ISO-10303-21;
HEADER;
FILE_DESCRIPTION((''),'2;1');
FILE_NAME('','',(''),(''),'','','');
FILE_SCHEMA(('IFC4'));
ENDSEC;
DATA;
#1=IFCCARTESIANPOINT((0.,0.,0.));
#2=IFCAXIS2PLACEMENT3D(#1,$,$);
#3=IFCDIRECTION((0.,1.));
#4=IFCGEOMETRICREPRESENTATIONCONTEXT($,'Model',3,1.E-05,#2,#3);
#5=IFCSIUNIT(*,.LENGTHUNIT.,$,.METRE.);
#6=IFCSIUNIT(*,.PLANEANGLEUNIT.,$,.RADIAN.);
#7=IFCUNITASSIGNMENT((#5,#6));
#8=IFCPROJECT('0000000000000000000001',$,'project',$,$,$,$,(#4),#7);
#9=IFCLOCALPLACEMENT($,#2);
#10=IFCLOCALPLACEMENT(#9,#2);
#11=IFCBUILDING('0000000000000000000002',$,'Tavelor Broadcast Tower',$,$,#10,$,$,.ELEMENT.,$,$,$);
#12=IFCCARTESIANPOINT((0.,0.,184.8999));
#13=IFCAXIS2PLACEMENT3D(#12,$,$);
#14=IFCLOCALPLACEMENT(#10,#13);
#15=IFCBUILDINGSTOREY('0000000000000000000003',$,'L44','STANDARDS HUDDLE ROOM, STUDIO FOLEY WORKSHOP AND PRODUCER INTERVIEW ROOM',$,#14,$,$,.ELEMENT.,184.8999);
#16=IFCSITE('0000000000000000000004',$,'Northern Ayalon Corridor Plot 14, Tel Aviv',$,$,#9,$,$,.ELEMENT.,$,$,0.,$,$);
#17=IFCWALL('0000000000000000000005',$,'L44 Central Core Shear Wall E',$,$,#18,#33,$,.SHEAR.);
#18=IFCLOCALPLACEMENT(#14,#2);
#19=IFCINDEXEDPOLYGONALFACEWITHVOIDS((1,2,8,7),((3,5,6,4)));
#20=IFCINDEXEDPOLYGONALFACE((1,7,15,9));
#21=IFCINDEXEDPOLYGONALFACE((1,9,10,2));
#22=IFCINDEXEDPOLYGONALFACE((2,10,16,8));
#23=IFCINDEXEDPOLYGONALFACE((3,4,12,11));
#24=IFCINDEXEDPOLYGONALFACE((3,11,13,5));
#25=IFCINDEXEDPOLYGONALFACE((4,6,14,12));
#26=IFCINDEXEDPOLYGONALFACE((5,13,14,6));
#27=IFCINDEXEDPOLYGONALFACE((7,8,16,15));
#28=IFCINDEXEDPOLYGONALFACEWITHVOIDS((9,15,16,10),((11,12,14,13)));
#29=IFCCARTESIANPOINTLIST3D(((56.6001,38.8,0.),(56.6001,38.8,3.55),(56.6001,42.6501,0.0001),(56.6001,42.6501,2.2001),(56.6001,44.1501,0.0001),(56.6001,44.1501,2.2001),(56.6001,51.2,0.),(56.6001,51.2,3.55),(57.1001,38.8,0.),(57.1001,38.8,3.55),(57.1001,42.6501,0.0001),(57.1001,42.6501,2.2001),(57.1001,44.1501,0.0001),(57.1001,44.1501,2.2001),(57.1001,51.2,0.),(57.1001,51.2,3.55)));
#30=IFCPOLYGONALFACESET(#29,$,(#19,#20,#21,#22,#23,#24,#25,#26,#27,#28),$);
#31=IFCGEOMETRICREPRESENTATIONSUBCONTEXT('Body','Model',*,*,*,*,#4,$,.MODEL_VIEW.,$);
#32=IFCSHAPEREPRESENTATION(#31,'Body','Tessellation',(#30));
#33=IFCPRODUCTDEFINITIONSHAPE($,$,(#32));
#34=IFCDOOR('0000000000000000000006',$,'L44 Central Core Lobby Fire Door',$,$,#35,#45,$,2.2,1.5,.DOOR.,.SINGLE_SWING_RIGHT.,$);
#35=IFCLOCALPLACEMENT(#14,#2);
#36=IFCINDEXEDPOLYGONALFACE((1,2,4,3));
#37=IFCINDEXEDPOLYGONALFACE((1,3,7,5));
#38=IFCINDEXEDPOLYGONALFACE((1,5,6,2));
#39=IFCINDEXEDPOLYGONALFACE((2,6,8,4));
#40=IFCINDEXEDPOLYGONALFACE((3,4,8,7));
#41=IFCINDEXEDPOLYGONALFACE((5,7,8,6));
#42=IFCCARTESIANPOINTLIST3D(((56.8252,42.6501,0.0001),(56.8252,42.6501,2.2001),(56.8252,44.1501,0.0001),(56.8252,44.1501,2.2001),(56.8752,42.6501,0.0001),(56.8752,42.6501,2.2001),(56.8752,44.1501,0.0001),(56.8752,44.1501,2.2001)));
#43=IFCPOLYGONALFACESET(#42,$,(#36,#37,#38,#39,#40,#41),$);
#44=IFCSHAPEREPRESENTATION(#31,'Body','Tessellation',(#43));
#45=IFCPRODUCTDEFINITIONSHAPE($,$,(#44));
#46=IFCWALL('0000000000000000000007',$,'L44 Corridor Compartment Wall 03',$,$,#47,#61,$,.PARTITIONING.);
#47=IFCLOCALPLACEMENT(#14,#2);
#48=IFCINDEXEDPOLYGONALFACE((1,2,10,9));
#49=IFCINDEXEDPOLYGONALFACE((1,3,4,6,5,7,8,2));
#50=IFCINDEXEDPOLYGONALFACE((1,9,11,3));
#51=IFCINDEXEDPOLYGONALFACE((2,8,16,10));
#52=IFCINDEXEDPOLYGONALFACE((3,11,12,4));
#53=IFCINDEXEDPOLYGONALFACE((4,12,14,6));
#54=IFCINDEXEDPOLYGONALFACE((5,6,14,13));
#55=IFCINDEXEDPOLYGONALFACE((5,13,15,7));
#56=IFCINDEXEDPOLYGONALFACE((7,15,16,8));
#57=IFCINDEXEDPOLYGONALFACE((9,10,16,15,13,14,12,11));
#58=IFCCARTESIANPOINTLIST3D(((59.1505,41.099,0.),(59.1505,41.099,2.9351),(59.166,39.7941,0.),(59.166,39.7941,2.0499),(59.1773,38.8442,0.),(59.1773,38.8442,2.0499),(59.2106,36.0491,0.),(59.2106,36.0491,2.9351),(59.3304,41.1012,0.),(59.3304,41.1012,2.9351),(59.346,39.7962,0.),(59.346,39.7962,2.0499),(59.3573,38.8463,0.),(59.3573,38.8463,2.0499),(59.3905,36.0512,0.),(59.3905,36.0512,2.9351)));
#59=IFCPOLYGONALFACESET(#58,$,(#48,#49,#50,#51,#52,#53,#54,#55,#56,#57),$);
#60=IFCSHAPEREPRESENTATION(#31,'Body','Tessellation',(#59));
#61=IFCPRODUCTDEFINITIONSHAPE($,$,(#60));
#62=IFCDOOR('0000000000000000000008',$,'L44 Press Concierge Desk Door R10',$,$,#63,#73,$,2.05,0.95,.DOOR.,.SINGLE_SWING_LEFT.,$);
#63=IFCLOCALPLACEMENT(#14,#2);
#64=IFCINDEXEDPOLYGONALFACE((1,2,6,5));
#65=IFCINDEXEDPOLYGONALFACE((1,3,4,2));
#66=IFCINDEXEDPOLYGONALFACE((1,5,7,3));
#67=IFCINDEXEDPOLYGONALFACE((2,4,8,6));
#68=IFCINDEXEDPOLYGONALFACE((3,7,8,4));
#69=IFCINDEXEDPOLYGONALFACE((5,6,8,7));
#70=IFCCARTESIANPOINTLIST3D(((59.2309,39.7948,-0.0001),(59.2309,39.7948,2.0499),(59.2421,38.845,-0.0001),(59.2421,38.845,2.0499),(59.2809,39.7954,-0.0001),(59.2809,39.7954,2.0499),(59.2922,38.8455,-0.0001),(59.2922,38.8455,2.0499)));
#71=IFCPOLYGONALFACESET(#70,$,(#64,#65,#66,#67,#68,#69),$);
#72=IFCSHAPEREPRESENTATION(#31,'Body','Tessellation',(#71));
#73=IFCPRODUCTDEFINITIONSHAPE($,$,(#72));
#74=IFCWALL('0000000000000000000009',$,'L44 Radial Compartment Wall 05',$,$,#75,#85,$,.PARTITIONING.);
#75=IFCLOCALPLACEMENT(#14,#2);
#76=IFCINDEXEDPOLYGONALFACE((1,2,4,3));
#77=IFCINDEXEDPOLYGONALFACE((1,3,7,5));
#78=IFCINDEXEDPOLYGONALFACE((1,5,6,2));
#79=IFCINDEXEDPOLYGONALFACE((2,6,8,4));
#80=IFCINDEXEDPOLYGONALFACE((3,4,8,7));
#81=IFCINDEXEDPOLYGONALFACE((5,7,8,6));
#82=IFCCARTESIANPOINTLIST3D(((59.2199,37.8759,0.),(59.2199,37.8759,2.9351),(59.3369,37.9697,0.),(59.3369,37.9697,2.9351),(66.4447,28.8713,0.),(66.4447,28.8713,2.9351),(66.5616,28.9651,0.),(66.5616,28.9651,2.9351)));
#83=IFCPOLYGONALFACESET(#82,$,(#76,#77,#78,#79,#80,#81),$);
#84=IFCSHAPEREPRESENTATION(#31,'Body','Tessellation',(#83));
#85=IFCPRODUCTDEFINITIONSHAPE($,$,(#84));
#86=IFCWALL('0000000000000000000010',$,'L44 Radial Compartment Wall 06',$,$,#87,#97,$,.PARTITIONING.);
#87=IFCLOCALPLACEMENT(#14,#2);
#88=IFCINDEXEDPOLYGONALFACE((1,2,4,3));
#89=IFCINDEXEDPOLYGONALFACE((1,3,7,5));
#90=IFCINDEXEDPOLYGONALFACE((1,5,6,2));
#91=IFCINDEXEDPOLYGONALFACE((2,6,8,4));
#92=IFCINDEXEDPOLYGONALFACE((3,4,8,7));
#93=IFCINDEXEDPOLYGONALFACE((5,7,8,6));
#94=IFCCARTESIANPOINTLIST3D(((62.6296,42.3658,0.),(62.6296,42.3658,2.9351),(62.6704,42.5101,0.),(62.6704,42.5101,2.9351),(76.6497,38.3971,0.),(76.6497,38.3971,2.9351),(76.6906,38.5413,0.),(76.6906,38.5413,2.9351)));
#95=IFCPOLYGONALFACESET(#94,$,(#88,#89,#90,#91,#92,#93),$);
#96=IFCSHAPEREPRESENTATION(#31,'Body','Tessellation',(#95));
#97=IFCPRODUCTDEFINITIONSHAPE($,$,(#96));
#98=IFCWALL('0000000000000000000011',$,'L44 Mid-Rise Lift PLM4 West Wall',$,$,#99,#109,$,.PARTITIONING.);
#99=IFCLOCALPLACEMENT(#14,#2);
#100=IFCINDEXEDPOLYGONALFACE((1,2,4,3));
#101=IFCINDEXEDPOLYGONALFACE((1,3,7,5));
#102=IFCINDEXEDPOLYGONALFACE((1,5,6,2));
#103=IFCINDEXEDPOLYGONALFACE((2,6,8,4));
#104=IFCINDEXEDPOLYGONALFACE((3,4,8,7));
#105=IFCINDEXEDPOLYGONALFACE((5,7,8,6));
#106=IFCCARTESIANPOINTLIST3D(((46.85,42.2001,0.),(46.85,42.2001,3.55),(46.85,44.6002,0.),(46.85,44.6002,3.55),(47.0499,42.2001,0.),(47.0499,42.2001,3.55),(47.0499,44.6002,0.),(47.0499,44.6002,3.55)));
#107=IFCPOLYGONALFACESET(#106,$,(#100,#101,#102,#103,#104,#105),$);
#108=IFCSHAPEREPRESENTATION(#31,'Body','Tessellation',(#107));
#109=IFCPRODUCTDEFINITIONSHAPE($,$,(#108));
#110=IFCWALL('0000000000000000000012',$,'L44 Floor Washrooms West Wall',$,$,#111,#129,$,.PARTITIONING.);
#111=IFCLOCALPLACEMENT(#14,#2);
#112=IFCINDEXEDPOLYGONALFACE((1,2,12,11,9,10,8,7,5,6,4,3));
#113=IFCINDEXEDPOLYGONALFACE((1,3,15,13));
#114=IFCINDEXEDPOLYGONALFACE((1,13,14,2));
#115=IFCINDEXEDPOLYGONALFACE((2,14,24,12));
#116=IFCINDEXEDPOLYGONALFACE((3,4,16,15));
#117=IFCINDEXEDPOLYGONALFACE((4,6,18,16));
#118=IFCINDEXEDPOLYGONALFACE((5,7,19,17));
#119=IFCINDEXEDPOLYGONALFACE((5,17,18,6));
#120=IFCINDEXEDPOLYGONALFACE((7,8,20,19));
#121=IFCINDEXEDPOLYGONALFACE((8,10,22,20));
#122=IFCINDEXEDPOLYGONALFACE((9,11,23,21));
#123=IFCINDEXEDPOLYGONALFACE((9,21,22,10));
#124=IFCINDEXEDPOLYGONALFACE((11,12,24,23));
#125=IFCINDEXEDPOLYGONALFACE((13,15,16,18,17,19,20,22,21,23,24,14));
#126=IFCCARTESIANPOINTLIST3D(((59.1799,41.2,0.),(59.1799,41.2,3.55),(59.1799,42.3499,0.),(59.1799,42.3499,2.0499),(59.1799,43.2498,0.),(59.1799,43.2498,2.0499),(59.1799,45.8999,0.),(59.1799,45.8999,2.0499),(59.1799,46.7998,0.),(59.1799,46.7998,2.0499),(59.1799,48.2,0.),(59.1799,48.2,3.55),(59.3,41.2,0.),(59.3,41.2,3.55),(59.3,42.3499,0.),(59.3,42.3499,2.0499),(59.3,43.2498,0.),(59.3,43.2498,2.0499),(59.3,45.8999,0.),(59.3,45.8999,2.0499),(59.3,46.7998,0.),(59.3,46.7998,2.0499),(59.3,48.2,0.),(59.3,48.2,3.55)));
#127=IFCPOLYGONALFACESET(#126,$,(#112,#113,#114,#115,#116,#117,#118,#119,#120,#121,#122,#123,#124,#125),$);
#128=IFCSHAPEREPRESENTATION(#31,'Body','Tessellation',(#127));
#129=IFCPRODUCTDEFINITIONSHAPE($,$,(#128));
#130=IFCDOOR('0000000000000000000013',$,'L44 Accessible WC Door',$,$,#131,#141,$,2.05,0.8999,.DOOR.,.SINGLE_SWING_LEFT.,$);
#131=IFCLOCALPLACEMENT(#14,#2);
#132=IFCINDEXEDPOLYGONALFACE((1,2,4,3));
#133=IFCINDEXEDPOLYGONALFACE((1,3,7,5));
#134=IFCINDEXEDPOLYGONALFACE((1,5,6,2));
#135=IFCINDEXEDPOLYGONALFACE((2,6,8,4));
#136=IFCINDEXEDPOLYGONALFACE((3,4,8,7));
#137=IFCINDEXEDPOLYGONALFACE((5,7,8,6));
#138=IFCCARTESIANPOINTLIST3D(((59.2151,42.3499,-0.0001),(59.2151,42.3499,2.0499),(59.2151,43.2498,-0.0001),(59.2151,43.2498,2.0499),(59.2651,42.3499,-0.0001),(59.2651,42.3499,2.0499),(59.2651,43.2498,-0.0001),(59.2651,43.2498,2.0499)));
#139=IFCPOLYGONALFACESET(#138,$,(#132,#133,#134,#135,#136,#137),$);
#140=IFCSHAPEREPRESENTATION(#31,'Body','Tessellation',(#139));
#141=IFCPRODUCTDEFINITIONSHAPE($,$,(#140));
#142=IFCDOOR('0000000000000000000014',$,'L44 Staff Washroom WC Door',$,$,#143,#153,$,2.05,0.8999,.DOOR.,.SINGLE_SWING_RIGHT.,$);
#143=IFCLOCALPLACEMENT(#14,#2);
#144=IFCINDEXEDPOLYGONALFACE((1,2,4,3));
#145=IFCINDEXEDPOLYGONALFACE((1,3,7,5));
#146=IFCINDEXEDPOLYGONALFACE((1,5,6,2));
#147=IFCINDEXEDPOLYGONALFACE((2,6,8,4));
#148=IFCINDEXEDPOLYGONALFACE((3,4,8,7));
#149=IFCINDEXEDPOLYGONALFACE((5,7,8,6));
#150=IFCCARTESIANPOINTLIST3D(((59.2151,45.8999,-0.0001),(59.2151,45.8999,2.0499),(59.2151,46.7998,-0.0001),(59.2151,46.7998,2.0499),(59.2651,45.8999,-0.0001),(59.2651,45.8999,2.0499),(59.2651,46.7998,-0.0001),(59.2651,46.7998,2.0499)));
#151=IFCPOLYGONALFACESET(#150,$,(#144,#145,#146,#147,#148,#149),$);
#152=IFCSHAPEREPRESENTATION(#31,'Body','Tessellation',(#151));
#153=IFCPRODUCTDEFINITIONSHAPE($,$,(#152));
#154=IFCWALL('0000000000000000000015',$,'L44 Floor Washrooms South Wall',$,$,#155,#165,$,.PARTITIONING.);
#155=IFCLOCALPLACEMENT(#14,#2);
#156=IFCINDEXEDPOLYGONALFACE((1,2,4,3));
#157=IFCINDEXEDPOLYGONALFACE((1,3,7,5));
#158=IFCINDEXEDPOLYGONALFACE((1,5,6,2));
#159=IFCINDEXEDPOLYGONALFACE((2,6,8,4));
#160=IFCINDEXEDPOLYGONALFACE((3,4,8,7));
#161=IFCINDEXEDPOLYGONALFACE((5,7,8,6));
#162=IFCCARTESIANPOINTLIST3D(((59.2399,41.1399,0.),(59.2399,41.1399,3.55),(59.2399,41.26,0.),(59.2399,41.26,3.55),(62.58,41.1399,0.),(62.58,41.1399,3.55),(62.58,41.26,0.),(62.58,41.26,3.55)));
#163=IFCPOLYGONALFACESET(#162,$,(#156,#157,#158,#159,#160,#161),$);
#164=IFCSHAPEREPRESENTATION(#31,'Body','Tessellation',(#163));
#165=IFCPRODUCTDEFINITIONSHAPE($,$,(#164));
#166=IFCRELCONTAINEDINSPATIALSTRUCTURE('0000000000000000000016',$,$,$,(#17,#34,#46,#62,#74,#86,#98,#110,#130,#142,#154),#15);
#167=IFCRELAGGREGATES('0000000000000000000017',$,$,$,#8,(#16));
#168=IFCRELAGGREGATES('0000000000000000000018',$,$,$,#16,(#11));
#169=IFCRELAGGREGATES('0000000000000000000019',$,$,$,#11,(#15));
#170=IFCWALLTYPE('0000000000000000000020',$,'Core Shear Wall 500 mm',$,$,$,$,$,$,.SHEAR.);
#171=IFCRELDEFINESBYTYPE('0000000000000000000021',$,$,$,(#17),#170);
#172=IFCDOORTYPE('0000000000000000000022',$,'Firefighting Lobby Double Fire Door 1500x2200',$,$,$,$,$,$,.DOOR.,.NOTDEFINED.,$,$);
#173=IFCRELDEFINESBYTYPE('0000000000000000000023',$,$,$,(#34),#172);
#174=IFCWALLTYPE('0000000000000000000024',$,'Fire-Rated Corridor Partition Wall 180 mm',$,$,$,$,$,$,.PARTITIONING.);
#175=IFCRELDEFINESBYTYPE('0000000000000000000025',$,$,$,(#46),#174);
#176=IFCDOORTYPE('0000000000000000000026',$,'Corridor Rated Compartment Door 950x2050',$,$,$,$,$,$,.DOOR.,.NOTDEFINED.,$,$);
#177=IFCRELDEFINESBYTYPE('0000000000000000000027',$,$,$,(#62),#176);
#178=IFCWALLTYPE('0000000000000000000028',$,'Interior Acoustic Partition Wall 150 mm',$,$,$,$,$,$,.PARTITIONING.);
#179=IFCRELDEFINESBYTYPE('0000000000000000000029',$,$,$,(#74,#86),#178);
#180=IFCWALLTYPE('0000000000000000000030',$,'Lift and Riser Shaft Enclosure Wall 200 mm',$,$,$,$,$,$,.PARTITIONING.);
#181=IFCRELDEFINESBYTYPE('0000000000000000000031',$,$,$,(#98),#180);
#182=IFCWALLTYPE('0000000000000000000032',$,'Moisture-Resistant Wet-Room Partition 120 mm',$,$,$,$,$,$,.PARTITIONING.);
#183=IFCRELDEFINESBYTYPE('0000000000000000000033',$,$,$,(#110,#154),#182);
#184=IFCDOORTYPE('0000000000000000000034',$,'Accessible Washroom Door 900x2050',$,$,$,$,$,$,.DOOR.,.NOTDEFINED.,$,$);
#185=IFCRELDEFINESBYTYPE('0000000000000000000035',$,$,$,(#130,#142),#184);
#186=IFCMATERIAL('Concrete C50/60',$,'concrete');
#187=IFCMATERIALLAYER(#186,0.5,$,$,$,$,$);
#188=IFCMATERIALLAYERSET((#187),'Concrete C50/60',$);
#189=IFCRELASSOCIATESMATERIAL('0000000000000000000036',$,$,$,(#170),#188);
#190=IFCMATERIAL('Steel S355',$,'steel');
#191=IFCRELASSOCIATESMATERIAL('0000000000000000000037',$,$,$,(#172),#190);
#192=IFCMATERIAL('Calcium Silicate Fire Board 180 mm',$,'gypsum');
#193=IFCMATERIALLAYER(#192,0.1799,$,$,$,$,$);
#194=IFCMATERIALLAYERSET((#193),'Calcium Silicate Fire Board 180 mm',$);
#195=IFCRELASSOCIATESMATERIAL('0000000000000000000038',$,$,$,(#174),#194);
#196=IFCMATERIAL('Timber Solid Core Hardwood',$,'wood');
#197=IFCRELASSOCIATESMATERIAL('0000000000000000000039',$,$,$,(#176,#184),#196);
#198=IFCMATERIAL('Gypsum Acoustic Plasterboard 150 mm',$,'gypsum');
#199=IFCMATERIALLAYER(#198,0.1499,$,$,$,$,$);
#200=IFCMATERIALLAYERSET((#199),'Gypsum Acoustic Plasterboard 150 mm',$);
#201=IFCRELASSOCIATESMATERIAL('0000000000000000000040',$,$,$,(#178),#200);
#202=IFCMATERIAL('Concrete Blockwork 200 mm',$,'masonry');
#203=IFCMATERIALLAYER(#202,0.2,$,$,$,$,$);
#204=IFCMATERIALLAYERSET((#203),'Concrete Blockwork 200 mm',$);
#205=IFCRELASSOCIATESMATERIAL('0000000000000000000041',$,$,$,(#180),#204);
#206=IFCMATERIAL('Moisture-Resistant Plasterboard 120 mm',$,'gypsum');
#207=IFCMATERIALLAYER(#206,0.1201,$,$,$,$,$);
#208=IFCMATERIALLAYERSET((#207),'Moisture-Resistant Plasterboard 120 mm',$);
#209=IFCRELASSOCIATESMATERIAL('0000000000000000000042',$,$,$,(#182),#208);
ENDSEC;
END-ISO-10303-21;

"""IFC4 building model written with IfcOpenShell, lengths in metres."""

from ifc_helpers import new_model, si_unit, direction, frame, frame_2d, origin, place, context, subcontext, project, spatial, rectangle, extrude, material, layer, layer_set, type_object, element, fill, save


model = new_model("IFC4")

# Units and contexts
model_context = context("Model", 3, precision=1e-05, world=origin(), true_north=direction((0.0, 1.0)))
body_context = subcontext(model_context, "Body", "Model", "MODEL_VIEW")
ifc_project = project(units=[si_unit("LENGTHUNIT", "METRE"), si_unit("PLANEANGLEUNIT", "RADIAN")], contexts=[model_context])

# Site, building, storey
site_placement = place(None, origin())
site = spatial("IfcSite", under=ifc_project, at=site_placement, Name="Northern Ayalon Corridor Plot 14, Tel Aviv", CompositionType="ELEMENT", RefElevation=0.0)
building_placement = place(site_placement, origin())
building = spatial("IfcBuilding", under=site, at=building_placement, Name="Tavelor Broadcast Tower", CompositionType="ELEMENT")
storey_placement = place(building_placement, frame((0.0, 0.0, 184.8999)))
storey = spatial("IfcBuildingStorey", under=building, at=storey_placement, Name="L44", Description="STANDARDS HUDDLE ROOM, STUDIO FOLEY WORKSHOP AND PRODUCER INTERVIEW ROOM", CompositionType="ELEMENT", Elevation=184.8999)

# Shared definitions
ifc_material_1 = material(Name="Concrete C50/60", Category="concrete")

# Shared definitions
ifc_material_2 = material(Name="Steel S355", Category="steel")

# Walls, openings, doors
ifc_layer_1 = layer(ifc_material_1, 0.5)
ifc_layer_set_1 = layer_set([ifc_layer_1], Name="Concrete C50/60")
wall_type_1 = type_object("IfcWallType", Name="Core Shear Wall 500 mm", PredefinedType="SHEAR", material=ifc_layer_set_1)
wall_1_placement = place(storey_placement, frame((56.8501, 38.8, 0.0), z_axis=(0.0, 0.0, 1.0), x_axis=(0.0, 1.0, 0.0)))
wall_1 = element("IfcWall", 1, at=wall_1_placement, inside=storey, type_object=wall_type_1, Name="L44 Central Core Shear Wall E", PredefinedType="SHEAR", context=body_context, shape_type="SweptSolid", body=[
    extrude(rectangle(XDim=12.3999, YDim=0.5, at=frame_2d((6.2, 0.0))), origin(), (0.0, 0.0, 1.0), 3.55),
])
opening_1_placement = place(wall_1_placement, frame((3.8501, 0.0, 0.0)))
opening_1 = element("IfcOpeningElement", 2, at=opening_1_placement, cuts=wall_1, PredefinedType="OPENING", context=body_context, shape_type="SweptSolid", body=[
    extrude(rectangle(XDim=1.5, YDim=2.2, at=frame_2d((0.75, 1.1001))), frame((0.0, 0.26, 0.0), z_axis=(0.0, -1.0, 0.0), x_axis=(1.0, 0.0, 0.0)), (0.0, 0.0, 1.0), 0.52),
])
door_type_1 = type_object("IfcDoorType", Name="Firefighting Lobby Double Fire Door 1500x2200", OperationType="NOTDEFINED", PredefinedType="DOOR", material=ifc_material_2)
door_1_placement = place(opening_1_placement, origin())
door_1 = element("IfcDoor", 3, at=door_1_placement, inside=storey, type_object=door_type_1, Name="L44 Central Core Lobby Fire Door", OperationType="SINGLE_SWING_RIGHT", OverallHeight=2.2, OverallWidth=1.5, PredefinedType="DOOR", context=body_context, shape_type="SweptSolid", body=[
    extrude(rectangle(XDim=1.5, YDim=2.2, at=frame_2d((0.75, 1.1001))), frame((0.0, 0.0249, 0.0), z_axis=(0.0, -1.0, 0.0), x_axis=(1.0, 0.0, 0.0)), (0.0, 0.0, 1.0), 0.05),
])
fill(opening_1, door_1)
ifc_material_3 = material(Name="Calcium Silicate Fire Board 180 mm", Category="gypsum")
ifc_layer_2 = layer(ifc_material_3, 0.1799)
ifc_layer_set_2 = layer_set([ifc_layer_2], Name="Calcium Silicate Fire Board 180 mm")
wall_type_2 = type_object("IfcWallType", Name="Fire-Rated Corridor Partition Wall 180 mm", PredefinedType="PARTITIONING", material=ifc_layer_set_2)
wall_2_placement = place(storey_placement, frame((59.2405, 41.1001, 0.0), z_axis=(0.0, 0.0, 1.0), x_axis=(0.011892, -0.999929, 0.0)))
wall_2 = element("IfcWall", 4, at=wall_2_placement, inside=storey, type_object=wall_type_2, Name="L44 Corridor Compartment Wall 03", PredefinedType="PARTITIONING", context=body_context, shape_type="SweptSolid", body=[
    extrude(rectangle(XDim=5.0503, YDim=0.1799, at=frame_2d((2.5251, 0.0))), origin(), (0.0, 0.0, 1.0), 2.9351),
])
opening_2_placement = place(wall_2_placement, frame((1.3049, 0.0, 0.0)))
opening_2 = element("IfcOpeningElement", 5, at=opening_2_placement, cuts=wall_2, PredefinedType="OPENING", context=body_context, shape_type="SweptSolid", body=[
    extrude(rectangle(XDim=0.95, YDim=2.05, at=frame_2d((0.4751, 1.0249))), frame((0.0, 0.1001, 0.0), z_axis=(0.0, -1.0, 0.0), x_axis=(1.0, 0.0, 0.0)), (0.0, 0.0, 1.0), 0.2),
])
ifc_material_4 = material(Name="Timber Solid Core Hardwood", Category="wood")
door_type_2 = type_object("IfcDoorType", Name="Corridor Rated Compartment Door 950x2050", OperationType="NOTDEFINED", PredefinedType="DOOR", material=ifc_material_4)
door_2_placement = place(opening_2_placement, origin())
door_2 = element("IfcDoor", 6, at=door_2_placement, inside=storey, type_object=door_type_2, Name="L44 Press Concierge Desk Door R10", OperationType="SINGLE_SWING_LEFT", OverallHeight=2.05, OverallWidth=0.95, PredefinedType="DOOR", context=body_context, shape_type="SweptSolid", body=[
    extrude(rectangle(XDim=0.95, YDim=2.05, at=frame_2d((0.4751, 1.0249))), frame((0.0, 0.0249, 0.0), z_axis=(0.0, -1.0, 0.0), x_axis=(1.0, 0.0, 0.0)), (0.0, 0.0, 1.0), 0.05),
])
fill(opening_2, door_2)

# Walls
ifc_material_5 = material(Name="Gypsum Acoustic Plasterboard 150 mm", Category="gypsum")
ifc_layer_3 = layer(ifc_material_5, 0.1499)
ifc_layer_set_3 = layer_set([ifc_layer_3], Name="Gypsum Acoustic Plasterboard 150 mm")
wall_type_3 = type_object("IfcWallType", Name="Interior Acoustic Partition Wall 150 mm", PredefinedType="PARTITIONING", material=ifc_layer_set_3)
wall_3_placement = place(storey_placement, frame((59.2783, 37.9229, 0.0), z_axis=(0.0, 0.0, 1.0), x_axis=(0.625811, -0.779975, 0.0)))
element("IfcWall", 7, at=wall_3_placement, inside=storey, type_object=wall_type_3, Name="L44 Radial Compartment Wall 05", PredefinedType="PARTITIONING", context=body_context, shape_type="SweptSolid", body=[
    extrude(rectangle(XDim=11.5447, YDim=0.1499, at=frame_2d((5.7725, 0.0))), origin(), (0.0, 0.0, 1.0), 2.9351),
])
wall_4_placement = place(storey_placement, frame((62.6499, 42.438, 0.0), z_axis=(0.0, 0.0, 1.0), x_axis=(0.962191, -0.272375, 0.0)))
element("IfcWall", 8, at=wall_4_placement, inside=storey, type_object=wall_type_3, Name="L44 Radial Compartment Wall 06", PredefinedType="PARTITIONING", context=body_context, shape_type="SweptSolid", body=[
    extrude(rectangle(XDim=14.571, YDim=0.1499, at=frame_2d((7.2856, 0.0))), origin(), (0.0, 0.0, 1.0), 2.9351),
])

# Shared definitions
ifc_material_6 = material(Name="Concrete Blockwork 200 mm", Category="masonry")

# Wall
ifc_layer_4 = layer(ifc_material_6, 0.2)
ifc_layer_set_4 = layer_set([ifc_layer_4], Name="Concrete Blockwork 200 mm")
wall_type_4 = type_object("IfcWallType", Name="Lift and Riser Shaft Enclosure Wall 200 mm", PredefinedType="PARTITIONING", material=ifc_layer_set_4)
wall_5_placement = place(storey_placement, frame((46.95, 42.2, 0.0), z_axis=(0.0, 0.0, 1.0), x_axis=(0.0, 1.0, 0.0)))
element("IfcWall", 9, at=wall_5_placement, inside=storey, type_object=wall_type_4, Name="L44 Mid-Rise Lift PLM4 West Wall", PredefinedType="PARTITIONING", context=body_context, shape_type="SweptSolid", body=[
    extrude(rectangle(XDim=2.4001, YDim=0.2, at=frame_2d((1.2002, 0.0))), origin(), (0.0, 0.0, 1.0), 3.55),
])

# Wall, openings, doors
ifc_material_7 = material(Name="Moisture-Resistant Plasterboard 120 mm", Category="gypsum")
ifc_layer_5 = layer(ifc_material_7, 0.1201)
ifc_layer_set_5 = layer_set([ifc_layer_5], Name="Moisture-Resistant Plasterboard 120 mm")
wall_type_5 = type_object("IfcWallType", Name="Moisture-Resistant Wet-Room Partition 120 mm", PredefinedType="PARTITIONING", material=ifc_layer_set_5)
wall_6_placement = place(storey_placement, frame((59.24, 41.2, 0.0), z_axis=(0.0, 0.0, 1.0), x_axis=(0.0, 1.0, 0.0)))
wall_6 = element("IfcWall", 10, at=wall_6_placement, inside=storey, type_object=wall_type_5, Name="L44 Floor Washrooms West Wall", PredefinedType="PARTITIONING", context=body_context, shape_type="SweptSolid", body=[
    extrude(rectangle(XDim=7.0, YDim=0.1201, at=frame_2d((3.5, 0.0))), origin(), (0.0, 0.0, 1.0), 3.55),
])
opening_3_placement = place(wall_6_placement, frame((1.1499, 0.0, 0.0)))
opening_3 = element("IfcOpeningElement", 11, at=opening_3_placement, cuts=wall_6, PredefinedType="OPENING", context=body_context, shape_type="SweptSolid", body=[
    extrude(rectangle(XDim=0.8999, YDim=2.05, at=frame_2d((0.45, 1.0249))), frame((0.0, 0.0701, 0.0), z_axis=(0.0, -1.0, 0.0), x_axis=(1.0, 0.0, 0.0)), (0.0, 0.0, 1.0), 0.1401),
])
opening_4_placement = place(wall_6_placement, frame((4.7, 0.0, 0.0)))
opening_4 = element("IfcOpeningElement", 12, at=opening_4_placement, cuts=wall_6, PredefinedType="OPENING", context=body_context, shape_type="SweptSolid", body=[
    extrude(rectangle(XDim=0.8999, YDim=2.05, at=frame_2d((0.45, 1.0249))), frame((0.0, 0.0701, 0.0), z_axis=(0.0, -1.0, 0.0), x_axis=(1.0, 0.0, 0.0)), (0.0, 0.0, 1.0), 0.1401),
])
door_type_3 = type_object("IfcDoorType", Name="Accessible Washroom Door 900x2050", OperationType="NOTDEFINED", PredefinedType="DOOR", material=ifc_material_4)
door_3_placement = place(opening_3_placement, origin())
door_3 = element("IfcDoor", 13, at=door_3_placement, inside=storey, type_object=door_type_3, Name="L44 Accessible WC Door", OperationType="SINGLE_SWING_LEFT", OverallHeight=2.05, OverallWidth=0.8999, PredefinedType="DOOR", context=body_context, shape_type="SweptSolid", body=[
    extrude(rectangle(XDim=0.8999, YDim=2.05, at=frame_2d((0.45, 1.0249))), frame((0.0, 0.0249, 0.0), z_axis=(0.0, -1.0, 0.0), x_axis=(1.0, 0.0, 0.0)), (0.0, 0.0, 1.0), 0.05),
])
fill(opening_3, door_3)
door_4_placement = place(opening_4_placement, origin())
door_4 = element("IfcDoor", 14, at=door_4_placement, inside=storey, type_object=door_type_3, Name="L44 Staff Washroom WC Door", OperationType="SINGLE_SWING_RIGHT", OverallHeight=2.05, OverallWidth=0.8999, PredefinedType="DOOR", context=body_context, shape_type="SweptSolid", body=[
    extrude(rectangle(XDim=0.8999, YDim=2.05, at=frame_2d((0.45, 1.0249))), frame((0.0, 0.0249, 0.0), z_axis=(0.0, -1.0, 0.0), x_axis=(1.0, 0.0, 0.0)), (0.0, 0.0, 1.0), 0.05),
])
fill(opening_4, door_4)

# Wall
wall_7_placement = place(storey_placement, frame((59.24, 41.2, 0.0), z_axis=(0.0, 0.0, 1.0), x_axis=(1.0, 0.0, 0.0)))
element("IfcWall", 15, at=wall_7_placement, inside=storey, type_object=wall_type_5, Name="L44 Floor Washrooms South Wall", PredefinedType="PARTITIONING", context=body_context, shape_type="SweptSolid", body=[
    extrude(rectangle(XDim=3.3401, YDim=0.1201, at=frame_2d((1.6699, 0.0))), origin(), (0.0, 0.0, 1.0), 3.55),
])

save(model, "model.ifc")
